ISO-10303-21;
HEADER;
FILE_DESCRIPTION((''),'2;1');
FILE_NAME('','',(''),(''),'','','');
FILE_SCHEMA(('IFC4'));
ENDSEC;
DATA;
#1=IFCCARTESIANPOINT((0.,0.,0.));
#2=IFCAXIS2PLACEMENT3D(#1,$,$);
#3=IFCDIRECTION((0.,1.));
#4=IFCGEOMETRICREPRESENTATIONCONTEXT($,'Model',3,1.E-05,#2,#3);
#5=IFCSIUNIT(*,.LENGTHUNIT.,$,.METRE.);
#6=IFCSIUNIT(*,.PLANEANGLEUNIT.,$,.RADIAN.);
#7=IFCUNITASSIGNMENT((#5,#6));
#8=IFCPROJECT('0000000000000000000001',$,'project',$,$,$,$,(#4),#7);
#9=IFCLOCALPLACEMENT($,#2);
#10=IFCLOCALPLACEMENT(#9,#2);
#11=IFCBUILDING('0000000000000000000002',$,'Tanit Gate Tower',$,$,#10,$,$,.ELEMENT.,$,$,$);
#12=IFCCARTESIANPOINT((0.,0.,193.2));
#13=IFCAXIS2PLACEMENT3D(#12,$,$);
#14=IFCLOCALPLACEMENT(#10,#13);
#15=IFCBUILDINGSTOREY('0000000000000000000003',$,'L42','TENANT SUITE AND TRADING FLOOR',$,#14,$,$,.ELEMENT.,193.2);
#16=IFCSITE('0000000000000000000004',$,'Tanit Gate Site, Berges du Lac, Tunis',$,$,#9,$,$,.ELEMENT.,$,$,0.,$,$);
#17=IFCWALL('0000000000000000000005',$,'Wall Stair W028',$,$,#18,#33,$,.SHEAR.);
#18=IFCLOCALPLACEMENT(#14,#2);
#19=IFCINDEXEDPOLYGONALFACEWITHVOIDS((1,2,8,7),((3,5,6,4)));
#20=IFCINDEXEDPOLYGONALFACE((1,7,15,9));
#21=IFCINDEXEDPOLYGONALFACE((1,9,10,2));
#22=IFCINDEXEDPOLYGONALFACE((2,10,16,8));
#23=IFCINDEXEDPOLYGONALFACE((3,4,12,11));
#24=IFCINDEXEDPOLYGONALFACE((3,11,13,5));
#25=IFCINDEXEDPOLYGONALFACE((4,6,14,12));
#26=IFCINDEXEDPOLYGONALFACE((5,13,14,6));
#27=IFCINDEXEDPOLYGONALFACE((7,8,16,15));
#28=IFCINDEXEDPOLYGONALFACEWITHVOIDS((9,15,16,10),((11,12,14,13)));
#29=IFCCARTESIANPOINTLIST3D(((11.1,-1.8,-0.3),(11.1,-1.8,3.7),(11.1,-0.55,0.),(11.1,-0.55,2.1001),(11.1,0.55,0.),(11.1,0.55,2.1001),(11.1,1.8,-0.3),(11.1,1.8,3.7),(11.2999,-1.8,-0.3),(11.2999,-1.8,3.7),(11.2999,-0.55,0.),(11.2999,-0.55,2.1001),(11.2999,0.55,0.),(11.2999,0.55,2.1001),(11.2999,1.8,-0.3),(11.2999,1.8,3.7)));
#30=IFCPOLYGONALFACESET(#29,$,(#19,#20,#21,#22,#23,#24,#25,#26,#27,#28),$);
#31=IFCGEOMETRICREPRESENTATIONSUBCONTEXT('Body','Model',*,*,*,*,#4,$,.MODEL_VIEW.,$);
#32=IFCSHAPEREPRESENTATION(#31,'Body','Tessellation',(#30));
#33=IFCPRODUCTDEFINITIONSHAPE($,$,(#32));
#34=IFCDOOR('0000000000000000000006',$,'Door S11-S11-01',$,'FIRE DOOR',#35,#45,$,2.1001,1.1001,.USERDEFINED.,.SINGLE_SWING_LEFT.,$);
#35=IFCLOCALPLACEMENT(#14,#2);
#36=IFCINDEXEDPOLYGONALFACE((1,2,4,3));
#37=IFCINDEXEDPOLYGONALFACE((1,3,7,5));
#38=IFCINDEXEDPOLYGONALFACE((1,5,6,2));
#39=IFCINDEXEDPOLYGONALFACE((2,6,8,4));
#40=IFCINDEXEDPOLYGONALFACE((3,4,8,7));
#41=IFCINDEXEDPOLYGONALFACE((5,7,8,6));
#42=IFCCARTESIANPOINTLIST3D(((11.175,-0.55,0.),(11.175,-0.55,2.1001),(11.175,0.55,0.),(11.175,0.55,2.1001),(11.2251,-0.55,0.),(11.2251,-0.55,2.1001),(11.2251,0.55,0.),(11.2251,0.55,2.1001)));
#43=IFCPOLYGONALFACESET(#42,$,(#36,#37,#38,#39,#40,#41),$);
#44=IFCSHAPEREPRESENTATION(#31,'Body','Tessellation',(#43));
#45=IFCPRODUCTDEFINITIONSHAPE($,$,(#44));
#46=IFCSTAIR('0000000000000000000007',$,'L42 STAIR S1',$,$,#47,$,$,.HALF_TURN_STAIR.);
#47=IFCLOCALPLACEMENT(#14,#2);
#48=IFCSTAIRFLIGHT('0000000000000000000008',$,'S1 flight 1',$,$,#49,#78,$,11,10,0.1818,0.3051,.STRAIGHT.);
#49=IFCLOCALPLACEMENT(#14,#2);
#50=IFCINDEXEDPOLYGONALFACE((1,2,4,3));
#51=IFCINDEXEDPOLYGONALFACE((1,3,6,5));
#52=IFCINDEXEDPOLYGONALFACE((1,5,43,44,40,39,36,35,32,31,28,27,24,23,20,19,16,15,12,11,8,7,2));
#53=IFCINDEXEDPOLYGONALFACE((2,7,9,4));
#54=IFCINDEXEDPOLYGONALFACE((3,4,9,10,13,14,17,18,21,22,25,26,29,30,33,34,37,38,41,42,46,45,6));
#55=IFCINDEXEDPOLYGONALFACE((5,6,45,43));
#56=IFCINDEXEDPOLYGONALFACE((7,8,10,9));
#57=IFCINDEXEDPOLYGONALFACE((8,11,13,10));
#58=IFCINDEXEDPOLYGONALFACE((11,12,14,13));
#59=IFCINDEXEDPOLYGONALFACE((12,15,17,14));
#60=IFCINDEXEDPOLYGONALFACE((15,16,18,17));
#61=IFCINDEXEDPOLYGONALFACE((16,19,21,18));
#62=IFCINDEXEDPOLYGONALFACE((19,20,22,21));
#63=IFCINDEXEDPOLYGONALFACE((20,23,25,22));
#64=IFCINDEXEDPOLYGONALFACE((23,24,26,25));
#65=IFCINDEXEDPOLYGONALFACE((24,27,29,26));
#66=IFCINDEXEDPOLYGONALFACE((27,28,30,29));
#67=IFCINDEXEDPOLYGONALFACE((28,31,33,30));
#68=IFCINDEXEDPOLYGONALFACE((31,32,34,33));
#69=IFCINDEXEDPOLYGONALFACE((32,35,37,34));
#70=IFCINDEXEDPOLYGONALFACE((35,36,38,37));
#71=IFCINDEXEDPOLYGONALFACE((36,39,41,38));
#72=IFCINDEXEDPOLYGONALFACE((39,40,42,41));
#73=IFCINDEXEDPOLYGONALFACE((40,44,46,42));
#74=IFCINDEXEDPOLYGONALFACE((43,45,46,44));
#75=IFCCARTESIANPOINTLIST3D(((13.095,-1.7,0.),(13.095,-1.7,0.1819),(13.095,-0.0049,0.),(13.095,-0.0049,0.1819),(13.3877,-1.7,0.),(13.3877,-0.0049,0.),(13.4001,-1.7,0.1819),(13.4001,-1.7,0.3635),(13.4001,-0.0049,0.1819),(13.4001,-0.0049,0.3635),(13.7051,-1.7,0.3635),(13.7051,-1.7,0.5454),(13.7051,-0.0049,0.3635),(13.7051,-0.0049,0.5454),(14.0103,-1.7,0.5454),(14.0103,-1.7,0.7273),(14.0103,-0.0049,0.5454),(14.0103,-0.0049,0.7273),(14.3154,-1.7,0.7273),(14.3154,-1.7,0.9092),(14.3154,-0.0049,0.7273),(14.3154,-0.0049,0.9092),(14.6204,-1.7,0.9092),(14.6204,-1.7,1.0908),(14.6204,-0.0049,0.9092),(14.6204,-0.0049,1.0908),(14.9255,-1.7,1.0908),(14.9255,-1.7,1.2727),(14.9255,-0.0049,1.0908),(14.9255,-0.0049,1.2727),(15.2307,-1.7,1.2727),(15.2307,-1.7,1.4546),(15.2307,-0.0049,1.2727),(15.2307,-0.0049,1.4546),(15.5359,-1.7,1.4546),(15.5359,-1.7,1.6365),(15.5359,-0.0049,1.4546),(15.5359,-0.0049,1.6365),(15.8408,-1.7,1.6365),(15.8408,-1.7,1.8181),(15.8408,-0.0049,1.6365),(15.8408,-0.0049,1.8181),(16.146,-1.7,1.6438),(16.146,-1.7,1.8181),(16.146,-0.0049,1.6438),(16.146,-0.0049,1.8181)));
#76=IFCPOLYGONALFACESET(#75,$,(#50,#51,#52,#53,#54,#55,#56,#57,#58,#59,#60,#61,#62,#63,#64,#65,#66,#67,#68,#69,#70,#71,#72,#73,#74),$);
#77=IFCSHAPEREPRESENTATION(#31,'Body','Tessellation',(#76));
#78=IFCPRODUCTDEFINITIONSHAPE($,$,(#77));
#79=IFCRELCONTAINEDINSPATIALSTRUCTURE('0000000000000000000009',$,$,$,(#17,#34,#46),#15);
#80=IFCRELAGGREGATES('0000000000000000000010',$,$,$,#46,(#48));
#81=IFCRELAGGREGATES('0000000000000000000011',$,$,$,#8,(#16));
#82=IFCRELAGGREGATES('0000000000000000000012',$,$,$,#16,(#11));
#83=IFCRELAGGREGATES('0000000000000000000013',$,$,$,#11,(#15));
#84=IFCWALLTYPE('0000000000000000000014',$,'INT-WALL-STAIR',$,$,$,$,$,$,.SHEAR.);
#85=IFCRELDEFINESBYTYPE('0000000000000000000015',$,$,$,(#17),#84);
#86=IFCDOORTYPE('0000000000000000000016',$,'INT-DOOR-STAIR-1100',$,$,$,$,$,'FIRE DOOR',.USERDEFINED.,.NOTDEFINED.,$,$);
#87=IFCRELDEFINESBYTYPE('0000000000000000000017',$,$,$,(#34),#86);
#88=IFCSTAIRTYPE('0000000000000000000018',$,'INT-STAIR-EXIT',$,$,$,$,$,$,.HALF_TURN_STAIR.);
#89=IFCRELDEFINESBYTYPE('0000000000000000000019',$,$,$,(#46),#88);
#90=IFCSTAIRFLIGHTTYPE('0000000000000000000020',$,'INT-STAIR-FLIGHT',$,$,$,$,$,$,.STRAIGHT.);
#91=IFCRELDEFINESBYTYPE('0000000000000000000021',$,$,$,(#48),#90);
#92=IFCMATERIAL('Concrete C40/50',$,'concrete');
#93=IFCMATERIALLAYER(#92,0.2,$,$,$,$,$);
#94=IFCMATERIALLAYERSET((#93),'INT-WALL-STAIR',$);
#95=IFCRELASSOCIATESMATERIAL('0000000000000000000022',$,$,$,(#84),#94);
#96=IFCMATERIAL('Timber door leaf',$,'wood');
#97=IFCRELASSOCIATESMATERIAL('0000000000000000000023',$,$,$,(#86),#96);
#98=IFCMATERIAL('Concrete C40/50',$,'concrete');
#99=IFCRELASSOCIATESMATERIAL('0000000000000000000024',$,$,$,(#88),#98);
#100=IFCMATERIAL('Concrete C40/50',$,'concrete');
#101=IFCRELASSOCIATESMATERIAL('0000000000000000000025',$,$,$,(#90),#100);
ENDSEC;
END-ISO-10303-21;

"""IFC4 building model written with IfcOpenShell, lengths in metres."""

from ifc_helpers import new_model, si_unit, direction, frame, frame_2d, origin, place, context, subcontext, project, spatial, polyline, rectangle, outline, extrude, material, layer, layer_set, type_object, element, fill, aggregate, save


model = new_model("IFC4")

# Units and contexts
model_context = context("Model", 3, precision=1e-05, world=origin(), true_north=direction((0.0, 1.0)))
body_context = subcontext(model_context, "Body", "Model", "MODEL_VIEW")
ifc_project = project(units=[si_unit("LENGTHUNIT", "METRE"), si_unit("PLANEANGLEUNIT", "RADIAN")], contexts=[model_context])

# Site, building, storey
site_placement = place(None, origin())
site = spatial("IfcSite", under=ifc_project, at=site_placement, Name="Tanit Gate Site, Berges du Lac, Tunis", CompositionType="ELEMENT", RefElevation=0.0)
building_placement = place(site_placement, origin())
building = spatial("IfcBuilding", under=site, at=building_placement, Name="Tanit Gate Tower", CompositionType="ELEMENT")
storey_placement = place(building_placement, frame((0.0, 0.0, 193.2)))
storey = spatial("IfcBuildingStorey", under=building, at=storey_placement, Name="L42", Description="TENANT SUITE AND TRADING FLOOR", CompositionType="ELEMENT", Elevation=193.2)

# Shared definitions
ifc_material_1 = material(Name="Concrete C40/50", Category="concrete")
ifc_layer_1 = layer(ifc_material_1, 0.2)
ifc_layer_set_1 = layer_set([ifc_layer_1], Name="INT-WALL-STAIR")
wall_type_1 = type_object("IfcWallType", Name="INT-WALL-STAIR", PredefinedType="SHEAR", material=ifc_layer_set_1)

# Wall, opening, door
wall_1_placement = place(storey_placement, frame((11.2, -1.8, -0.3), z_axis=(0.0, 0.0, 1.0), x_axis=(0.0, 1.0, 0.0)))
wall_1 = element("IfcWall", 1, at=wall_1_placement, inside=storey, type_object=wall_type_1, Name="Wall Stair W028", PredefinedType="SHEAR", context=body_context, shape_type="SweptSolid", body=[
    extrude(rectangle(XDim=3.6001, YDim=0.2, at=frame_2d((1.8, 0.0))), origin(), (0.0, 0.0, 1.0), 4.0),
])
opening_1_placement = place(wall_1_placement, frame((1.25, 0.0, 0.3)))
opening_1 = element("IfcOpeningElement", 2, at=opening_1_placement, cuts=wall_1, PredefinedType="OPENING", context=body_context, shape_type="SweptSolid", body=[
    extrude(rectangle(XDim=1.1001, YDim=2.1001, at=frame_2d((0.55, 1.05))), frame((0.0, 0.1099, 0.0), z_axis=(0.0, -1.0, 0.0), x_axis=(1.0, 0.0, 0.0)), (0.0, 0.0, 1.0), 0.22),
])
ifc_material_2 = material(Name="Timber door leaf", Category="wood")
door_type_1 = type_object("IfcDoorType", Name="INT-DOOR-STAIR-1100", ElementType="FIRE DOOR", OperationType="NOTDEFINED", PredefinedType="USERDEFINED", material=ifc_material_2)
door_1_placement = place(opening_1_placement, origin())
door_1 = element("IfcDoor", 3, at=door_1_placement, inside=storey, type_object=door_type_1, Name="Door S11-S11-01", ObjectType="FIRE DOOR", OperationType="SINGLE_SWING_LEFT", OverallHeight=2.1001, OverallWidth=1.1001, PredefinedType="USERDEFINED", context=body_context, shape_type="SweptSolid", body=[
    extrude(rectangle(XDim=1.1001, YDim=2.1001, at=frame_2d((0.55, 1.05))), frame((0.0, 0.0249, 0.0), z_axis=(0.0, -1.0, 0.0), x_axis=(1.0, 0.0, 0.0)), (0.0, 0.0, 1.0), 0.05),
])
fill(opening_1, door_1)

# Stair, stair flight
ifc_material_3 = material(Name="Concrete C40/50", Category="concrete")
stair_type = type_object("IfcStairType", Name="INT-STAIR-EXIT", PredefinedType="HALF_TURN_STAIR", material=ifc_material_3)
stair_placement = place(storey_placement, origin())
stair = element("IfcStair", 4, at=stair_placement, inside=storey, type_object=stair_type, Name="L42 STAIR S1", PredefinedType="HALF_TURN_STAIR")
ifc_material_4 = material(Name="Concrete C40/50", Category="concrete")
stair_flight_type = type_object("IfcStairFlightType", Name="INT-STAIR-FLIGHT", PredefinedType="STRAIGHT", material=ifc_material_4)
stair_flight_placement = place(storey_placement, frame((13.095, -0.8525, 0.0), z_axis=(0.0, 0.0, 1.0), x_axis=(1.0, 0.0, 0.0)))
stair_flight = element("IfcStairFlight", 5, at=stair_flight_placement, type_object=stair_flight_type, Name="S1 flight 1", NumberOfRisers=11, NumberOfTreads=10, PredefinedType="STRAIGHT", RiserHeight=0.1818, TreadLength=0.3051, context=body_context, shape_type="SweptSolid", body=[
    extrude(outline(polyline([(0.0, 0.0), (0.0, 0.1819), (0.3052, 0.1819), (0.3052, 0.3635), (0.6101, 0.3635), (0.6101, 0.5454), (0.9153, 0.5454), (0.9153, 0.7273), (1.2205, 0.7273), (1.2205, 0.9092), (1.5254, 0.9092), (1.5254, 1.0908), (1.8306, 1.0908), (1.8306, 1.2727), (2.1357, 1.2727), (2.1357, 1.4546), (2.4409, 1.4546), (2.4409, 1.6365), (2.7458, 1.6365), (2.7458, 1.8181), (3.051, 1.8181), (3.051, 2.0), (3.051, 1.6438), (0.2927, 0.0), (0.0, 0.0)])), frame((0.0, 0.8477, 0.0), z_axis=(0.0, -1.0, 0.0), x_axis=(1.0, 0.0, 0.0)), (0.0, 0.0, 1.0), 1.6951),
])
aggregate(stair, [stair_flight])

save(model, "model.ifc")
